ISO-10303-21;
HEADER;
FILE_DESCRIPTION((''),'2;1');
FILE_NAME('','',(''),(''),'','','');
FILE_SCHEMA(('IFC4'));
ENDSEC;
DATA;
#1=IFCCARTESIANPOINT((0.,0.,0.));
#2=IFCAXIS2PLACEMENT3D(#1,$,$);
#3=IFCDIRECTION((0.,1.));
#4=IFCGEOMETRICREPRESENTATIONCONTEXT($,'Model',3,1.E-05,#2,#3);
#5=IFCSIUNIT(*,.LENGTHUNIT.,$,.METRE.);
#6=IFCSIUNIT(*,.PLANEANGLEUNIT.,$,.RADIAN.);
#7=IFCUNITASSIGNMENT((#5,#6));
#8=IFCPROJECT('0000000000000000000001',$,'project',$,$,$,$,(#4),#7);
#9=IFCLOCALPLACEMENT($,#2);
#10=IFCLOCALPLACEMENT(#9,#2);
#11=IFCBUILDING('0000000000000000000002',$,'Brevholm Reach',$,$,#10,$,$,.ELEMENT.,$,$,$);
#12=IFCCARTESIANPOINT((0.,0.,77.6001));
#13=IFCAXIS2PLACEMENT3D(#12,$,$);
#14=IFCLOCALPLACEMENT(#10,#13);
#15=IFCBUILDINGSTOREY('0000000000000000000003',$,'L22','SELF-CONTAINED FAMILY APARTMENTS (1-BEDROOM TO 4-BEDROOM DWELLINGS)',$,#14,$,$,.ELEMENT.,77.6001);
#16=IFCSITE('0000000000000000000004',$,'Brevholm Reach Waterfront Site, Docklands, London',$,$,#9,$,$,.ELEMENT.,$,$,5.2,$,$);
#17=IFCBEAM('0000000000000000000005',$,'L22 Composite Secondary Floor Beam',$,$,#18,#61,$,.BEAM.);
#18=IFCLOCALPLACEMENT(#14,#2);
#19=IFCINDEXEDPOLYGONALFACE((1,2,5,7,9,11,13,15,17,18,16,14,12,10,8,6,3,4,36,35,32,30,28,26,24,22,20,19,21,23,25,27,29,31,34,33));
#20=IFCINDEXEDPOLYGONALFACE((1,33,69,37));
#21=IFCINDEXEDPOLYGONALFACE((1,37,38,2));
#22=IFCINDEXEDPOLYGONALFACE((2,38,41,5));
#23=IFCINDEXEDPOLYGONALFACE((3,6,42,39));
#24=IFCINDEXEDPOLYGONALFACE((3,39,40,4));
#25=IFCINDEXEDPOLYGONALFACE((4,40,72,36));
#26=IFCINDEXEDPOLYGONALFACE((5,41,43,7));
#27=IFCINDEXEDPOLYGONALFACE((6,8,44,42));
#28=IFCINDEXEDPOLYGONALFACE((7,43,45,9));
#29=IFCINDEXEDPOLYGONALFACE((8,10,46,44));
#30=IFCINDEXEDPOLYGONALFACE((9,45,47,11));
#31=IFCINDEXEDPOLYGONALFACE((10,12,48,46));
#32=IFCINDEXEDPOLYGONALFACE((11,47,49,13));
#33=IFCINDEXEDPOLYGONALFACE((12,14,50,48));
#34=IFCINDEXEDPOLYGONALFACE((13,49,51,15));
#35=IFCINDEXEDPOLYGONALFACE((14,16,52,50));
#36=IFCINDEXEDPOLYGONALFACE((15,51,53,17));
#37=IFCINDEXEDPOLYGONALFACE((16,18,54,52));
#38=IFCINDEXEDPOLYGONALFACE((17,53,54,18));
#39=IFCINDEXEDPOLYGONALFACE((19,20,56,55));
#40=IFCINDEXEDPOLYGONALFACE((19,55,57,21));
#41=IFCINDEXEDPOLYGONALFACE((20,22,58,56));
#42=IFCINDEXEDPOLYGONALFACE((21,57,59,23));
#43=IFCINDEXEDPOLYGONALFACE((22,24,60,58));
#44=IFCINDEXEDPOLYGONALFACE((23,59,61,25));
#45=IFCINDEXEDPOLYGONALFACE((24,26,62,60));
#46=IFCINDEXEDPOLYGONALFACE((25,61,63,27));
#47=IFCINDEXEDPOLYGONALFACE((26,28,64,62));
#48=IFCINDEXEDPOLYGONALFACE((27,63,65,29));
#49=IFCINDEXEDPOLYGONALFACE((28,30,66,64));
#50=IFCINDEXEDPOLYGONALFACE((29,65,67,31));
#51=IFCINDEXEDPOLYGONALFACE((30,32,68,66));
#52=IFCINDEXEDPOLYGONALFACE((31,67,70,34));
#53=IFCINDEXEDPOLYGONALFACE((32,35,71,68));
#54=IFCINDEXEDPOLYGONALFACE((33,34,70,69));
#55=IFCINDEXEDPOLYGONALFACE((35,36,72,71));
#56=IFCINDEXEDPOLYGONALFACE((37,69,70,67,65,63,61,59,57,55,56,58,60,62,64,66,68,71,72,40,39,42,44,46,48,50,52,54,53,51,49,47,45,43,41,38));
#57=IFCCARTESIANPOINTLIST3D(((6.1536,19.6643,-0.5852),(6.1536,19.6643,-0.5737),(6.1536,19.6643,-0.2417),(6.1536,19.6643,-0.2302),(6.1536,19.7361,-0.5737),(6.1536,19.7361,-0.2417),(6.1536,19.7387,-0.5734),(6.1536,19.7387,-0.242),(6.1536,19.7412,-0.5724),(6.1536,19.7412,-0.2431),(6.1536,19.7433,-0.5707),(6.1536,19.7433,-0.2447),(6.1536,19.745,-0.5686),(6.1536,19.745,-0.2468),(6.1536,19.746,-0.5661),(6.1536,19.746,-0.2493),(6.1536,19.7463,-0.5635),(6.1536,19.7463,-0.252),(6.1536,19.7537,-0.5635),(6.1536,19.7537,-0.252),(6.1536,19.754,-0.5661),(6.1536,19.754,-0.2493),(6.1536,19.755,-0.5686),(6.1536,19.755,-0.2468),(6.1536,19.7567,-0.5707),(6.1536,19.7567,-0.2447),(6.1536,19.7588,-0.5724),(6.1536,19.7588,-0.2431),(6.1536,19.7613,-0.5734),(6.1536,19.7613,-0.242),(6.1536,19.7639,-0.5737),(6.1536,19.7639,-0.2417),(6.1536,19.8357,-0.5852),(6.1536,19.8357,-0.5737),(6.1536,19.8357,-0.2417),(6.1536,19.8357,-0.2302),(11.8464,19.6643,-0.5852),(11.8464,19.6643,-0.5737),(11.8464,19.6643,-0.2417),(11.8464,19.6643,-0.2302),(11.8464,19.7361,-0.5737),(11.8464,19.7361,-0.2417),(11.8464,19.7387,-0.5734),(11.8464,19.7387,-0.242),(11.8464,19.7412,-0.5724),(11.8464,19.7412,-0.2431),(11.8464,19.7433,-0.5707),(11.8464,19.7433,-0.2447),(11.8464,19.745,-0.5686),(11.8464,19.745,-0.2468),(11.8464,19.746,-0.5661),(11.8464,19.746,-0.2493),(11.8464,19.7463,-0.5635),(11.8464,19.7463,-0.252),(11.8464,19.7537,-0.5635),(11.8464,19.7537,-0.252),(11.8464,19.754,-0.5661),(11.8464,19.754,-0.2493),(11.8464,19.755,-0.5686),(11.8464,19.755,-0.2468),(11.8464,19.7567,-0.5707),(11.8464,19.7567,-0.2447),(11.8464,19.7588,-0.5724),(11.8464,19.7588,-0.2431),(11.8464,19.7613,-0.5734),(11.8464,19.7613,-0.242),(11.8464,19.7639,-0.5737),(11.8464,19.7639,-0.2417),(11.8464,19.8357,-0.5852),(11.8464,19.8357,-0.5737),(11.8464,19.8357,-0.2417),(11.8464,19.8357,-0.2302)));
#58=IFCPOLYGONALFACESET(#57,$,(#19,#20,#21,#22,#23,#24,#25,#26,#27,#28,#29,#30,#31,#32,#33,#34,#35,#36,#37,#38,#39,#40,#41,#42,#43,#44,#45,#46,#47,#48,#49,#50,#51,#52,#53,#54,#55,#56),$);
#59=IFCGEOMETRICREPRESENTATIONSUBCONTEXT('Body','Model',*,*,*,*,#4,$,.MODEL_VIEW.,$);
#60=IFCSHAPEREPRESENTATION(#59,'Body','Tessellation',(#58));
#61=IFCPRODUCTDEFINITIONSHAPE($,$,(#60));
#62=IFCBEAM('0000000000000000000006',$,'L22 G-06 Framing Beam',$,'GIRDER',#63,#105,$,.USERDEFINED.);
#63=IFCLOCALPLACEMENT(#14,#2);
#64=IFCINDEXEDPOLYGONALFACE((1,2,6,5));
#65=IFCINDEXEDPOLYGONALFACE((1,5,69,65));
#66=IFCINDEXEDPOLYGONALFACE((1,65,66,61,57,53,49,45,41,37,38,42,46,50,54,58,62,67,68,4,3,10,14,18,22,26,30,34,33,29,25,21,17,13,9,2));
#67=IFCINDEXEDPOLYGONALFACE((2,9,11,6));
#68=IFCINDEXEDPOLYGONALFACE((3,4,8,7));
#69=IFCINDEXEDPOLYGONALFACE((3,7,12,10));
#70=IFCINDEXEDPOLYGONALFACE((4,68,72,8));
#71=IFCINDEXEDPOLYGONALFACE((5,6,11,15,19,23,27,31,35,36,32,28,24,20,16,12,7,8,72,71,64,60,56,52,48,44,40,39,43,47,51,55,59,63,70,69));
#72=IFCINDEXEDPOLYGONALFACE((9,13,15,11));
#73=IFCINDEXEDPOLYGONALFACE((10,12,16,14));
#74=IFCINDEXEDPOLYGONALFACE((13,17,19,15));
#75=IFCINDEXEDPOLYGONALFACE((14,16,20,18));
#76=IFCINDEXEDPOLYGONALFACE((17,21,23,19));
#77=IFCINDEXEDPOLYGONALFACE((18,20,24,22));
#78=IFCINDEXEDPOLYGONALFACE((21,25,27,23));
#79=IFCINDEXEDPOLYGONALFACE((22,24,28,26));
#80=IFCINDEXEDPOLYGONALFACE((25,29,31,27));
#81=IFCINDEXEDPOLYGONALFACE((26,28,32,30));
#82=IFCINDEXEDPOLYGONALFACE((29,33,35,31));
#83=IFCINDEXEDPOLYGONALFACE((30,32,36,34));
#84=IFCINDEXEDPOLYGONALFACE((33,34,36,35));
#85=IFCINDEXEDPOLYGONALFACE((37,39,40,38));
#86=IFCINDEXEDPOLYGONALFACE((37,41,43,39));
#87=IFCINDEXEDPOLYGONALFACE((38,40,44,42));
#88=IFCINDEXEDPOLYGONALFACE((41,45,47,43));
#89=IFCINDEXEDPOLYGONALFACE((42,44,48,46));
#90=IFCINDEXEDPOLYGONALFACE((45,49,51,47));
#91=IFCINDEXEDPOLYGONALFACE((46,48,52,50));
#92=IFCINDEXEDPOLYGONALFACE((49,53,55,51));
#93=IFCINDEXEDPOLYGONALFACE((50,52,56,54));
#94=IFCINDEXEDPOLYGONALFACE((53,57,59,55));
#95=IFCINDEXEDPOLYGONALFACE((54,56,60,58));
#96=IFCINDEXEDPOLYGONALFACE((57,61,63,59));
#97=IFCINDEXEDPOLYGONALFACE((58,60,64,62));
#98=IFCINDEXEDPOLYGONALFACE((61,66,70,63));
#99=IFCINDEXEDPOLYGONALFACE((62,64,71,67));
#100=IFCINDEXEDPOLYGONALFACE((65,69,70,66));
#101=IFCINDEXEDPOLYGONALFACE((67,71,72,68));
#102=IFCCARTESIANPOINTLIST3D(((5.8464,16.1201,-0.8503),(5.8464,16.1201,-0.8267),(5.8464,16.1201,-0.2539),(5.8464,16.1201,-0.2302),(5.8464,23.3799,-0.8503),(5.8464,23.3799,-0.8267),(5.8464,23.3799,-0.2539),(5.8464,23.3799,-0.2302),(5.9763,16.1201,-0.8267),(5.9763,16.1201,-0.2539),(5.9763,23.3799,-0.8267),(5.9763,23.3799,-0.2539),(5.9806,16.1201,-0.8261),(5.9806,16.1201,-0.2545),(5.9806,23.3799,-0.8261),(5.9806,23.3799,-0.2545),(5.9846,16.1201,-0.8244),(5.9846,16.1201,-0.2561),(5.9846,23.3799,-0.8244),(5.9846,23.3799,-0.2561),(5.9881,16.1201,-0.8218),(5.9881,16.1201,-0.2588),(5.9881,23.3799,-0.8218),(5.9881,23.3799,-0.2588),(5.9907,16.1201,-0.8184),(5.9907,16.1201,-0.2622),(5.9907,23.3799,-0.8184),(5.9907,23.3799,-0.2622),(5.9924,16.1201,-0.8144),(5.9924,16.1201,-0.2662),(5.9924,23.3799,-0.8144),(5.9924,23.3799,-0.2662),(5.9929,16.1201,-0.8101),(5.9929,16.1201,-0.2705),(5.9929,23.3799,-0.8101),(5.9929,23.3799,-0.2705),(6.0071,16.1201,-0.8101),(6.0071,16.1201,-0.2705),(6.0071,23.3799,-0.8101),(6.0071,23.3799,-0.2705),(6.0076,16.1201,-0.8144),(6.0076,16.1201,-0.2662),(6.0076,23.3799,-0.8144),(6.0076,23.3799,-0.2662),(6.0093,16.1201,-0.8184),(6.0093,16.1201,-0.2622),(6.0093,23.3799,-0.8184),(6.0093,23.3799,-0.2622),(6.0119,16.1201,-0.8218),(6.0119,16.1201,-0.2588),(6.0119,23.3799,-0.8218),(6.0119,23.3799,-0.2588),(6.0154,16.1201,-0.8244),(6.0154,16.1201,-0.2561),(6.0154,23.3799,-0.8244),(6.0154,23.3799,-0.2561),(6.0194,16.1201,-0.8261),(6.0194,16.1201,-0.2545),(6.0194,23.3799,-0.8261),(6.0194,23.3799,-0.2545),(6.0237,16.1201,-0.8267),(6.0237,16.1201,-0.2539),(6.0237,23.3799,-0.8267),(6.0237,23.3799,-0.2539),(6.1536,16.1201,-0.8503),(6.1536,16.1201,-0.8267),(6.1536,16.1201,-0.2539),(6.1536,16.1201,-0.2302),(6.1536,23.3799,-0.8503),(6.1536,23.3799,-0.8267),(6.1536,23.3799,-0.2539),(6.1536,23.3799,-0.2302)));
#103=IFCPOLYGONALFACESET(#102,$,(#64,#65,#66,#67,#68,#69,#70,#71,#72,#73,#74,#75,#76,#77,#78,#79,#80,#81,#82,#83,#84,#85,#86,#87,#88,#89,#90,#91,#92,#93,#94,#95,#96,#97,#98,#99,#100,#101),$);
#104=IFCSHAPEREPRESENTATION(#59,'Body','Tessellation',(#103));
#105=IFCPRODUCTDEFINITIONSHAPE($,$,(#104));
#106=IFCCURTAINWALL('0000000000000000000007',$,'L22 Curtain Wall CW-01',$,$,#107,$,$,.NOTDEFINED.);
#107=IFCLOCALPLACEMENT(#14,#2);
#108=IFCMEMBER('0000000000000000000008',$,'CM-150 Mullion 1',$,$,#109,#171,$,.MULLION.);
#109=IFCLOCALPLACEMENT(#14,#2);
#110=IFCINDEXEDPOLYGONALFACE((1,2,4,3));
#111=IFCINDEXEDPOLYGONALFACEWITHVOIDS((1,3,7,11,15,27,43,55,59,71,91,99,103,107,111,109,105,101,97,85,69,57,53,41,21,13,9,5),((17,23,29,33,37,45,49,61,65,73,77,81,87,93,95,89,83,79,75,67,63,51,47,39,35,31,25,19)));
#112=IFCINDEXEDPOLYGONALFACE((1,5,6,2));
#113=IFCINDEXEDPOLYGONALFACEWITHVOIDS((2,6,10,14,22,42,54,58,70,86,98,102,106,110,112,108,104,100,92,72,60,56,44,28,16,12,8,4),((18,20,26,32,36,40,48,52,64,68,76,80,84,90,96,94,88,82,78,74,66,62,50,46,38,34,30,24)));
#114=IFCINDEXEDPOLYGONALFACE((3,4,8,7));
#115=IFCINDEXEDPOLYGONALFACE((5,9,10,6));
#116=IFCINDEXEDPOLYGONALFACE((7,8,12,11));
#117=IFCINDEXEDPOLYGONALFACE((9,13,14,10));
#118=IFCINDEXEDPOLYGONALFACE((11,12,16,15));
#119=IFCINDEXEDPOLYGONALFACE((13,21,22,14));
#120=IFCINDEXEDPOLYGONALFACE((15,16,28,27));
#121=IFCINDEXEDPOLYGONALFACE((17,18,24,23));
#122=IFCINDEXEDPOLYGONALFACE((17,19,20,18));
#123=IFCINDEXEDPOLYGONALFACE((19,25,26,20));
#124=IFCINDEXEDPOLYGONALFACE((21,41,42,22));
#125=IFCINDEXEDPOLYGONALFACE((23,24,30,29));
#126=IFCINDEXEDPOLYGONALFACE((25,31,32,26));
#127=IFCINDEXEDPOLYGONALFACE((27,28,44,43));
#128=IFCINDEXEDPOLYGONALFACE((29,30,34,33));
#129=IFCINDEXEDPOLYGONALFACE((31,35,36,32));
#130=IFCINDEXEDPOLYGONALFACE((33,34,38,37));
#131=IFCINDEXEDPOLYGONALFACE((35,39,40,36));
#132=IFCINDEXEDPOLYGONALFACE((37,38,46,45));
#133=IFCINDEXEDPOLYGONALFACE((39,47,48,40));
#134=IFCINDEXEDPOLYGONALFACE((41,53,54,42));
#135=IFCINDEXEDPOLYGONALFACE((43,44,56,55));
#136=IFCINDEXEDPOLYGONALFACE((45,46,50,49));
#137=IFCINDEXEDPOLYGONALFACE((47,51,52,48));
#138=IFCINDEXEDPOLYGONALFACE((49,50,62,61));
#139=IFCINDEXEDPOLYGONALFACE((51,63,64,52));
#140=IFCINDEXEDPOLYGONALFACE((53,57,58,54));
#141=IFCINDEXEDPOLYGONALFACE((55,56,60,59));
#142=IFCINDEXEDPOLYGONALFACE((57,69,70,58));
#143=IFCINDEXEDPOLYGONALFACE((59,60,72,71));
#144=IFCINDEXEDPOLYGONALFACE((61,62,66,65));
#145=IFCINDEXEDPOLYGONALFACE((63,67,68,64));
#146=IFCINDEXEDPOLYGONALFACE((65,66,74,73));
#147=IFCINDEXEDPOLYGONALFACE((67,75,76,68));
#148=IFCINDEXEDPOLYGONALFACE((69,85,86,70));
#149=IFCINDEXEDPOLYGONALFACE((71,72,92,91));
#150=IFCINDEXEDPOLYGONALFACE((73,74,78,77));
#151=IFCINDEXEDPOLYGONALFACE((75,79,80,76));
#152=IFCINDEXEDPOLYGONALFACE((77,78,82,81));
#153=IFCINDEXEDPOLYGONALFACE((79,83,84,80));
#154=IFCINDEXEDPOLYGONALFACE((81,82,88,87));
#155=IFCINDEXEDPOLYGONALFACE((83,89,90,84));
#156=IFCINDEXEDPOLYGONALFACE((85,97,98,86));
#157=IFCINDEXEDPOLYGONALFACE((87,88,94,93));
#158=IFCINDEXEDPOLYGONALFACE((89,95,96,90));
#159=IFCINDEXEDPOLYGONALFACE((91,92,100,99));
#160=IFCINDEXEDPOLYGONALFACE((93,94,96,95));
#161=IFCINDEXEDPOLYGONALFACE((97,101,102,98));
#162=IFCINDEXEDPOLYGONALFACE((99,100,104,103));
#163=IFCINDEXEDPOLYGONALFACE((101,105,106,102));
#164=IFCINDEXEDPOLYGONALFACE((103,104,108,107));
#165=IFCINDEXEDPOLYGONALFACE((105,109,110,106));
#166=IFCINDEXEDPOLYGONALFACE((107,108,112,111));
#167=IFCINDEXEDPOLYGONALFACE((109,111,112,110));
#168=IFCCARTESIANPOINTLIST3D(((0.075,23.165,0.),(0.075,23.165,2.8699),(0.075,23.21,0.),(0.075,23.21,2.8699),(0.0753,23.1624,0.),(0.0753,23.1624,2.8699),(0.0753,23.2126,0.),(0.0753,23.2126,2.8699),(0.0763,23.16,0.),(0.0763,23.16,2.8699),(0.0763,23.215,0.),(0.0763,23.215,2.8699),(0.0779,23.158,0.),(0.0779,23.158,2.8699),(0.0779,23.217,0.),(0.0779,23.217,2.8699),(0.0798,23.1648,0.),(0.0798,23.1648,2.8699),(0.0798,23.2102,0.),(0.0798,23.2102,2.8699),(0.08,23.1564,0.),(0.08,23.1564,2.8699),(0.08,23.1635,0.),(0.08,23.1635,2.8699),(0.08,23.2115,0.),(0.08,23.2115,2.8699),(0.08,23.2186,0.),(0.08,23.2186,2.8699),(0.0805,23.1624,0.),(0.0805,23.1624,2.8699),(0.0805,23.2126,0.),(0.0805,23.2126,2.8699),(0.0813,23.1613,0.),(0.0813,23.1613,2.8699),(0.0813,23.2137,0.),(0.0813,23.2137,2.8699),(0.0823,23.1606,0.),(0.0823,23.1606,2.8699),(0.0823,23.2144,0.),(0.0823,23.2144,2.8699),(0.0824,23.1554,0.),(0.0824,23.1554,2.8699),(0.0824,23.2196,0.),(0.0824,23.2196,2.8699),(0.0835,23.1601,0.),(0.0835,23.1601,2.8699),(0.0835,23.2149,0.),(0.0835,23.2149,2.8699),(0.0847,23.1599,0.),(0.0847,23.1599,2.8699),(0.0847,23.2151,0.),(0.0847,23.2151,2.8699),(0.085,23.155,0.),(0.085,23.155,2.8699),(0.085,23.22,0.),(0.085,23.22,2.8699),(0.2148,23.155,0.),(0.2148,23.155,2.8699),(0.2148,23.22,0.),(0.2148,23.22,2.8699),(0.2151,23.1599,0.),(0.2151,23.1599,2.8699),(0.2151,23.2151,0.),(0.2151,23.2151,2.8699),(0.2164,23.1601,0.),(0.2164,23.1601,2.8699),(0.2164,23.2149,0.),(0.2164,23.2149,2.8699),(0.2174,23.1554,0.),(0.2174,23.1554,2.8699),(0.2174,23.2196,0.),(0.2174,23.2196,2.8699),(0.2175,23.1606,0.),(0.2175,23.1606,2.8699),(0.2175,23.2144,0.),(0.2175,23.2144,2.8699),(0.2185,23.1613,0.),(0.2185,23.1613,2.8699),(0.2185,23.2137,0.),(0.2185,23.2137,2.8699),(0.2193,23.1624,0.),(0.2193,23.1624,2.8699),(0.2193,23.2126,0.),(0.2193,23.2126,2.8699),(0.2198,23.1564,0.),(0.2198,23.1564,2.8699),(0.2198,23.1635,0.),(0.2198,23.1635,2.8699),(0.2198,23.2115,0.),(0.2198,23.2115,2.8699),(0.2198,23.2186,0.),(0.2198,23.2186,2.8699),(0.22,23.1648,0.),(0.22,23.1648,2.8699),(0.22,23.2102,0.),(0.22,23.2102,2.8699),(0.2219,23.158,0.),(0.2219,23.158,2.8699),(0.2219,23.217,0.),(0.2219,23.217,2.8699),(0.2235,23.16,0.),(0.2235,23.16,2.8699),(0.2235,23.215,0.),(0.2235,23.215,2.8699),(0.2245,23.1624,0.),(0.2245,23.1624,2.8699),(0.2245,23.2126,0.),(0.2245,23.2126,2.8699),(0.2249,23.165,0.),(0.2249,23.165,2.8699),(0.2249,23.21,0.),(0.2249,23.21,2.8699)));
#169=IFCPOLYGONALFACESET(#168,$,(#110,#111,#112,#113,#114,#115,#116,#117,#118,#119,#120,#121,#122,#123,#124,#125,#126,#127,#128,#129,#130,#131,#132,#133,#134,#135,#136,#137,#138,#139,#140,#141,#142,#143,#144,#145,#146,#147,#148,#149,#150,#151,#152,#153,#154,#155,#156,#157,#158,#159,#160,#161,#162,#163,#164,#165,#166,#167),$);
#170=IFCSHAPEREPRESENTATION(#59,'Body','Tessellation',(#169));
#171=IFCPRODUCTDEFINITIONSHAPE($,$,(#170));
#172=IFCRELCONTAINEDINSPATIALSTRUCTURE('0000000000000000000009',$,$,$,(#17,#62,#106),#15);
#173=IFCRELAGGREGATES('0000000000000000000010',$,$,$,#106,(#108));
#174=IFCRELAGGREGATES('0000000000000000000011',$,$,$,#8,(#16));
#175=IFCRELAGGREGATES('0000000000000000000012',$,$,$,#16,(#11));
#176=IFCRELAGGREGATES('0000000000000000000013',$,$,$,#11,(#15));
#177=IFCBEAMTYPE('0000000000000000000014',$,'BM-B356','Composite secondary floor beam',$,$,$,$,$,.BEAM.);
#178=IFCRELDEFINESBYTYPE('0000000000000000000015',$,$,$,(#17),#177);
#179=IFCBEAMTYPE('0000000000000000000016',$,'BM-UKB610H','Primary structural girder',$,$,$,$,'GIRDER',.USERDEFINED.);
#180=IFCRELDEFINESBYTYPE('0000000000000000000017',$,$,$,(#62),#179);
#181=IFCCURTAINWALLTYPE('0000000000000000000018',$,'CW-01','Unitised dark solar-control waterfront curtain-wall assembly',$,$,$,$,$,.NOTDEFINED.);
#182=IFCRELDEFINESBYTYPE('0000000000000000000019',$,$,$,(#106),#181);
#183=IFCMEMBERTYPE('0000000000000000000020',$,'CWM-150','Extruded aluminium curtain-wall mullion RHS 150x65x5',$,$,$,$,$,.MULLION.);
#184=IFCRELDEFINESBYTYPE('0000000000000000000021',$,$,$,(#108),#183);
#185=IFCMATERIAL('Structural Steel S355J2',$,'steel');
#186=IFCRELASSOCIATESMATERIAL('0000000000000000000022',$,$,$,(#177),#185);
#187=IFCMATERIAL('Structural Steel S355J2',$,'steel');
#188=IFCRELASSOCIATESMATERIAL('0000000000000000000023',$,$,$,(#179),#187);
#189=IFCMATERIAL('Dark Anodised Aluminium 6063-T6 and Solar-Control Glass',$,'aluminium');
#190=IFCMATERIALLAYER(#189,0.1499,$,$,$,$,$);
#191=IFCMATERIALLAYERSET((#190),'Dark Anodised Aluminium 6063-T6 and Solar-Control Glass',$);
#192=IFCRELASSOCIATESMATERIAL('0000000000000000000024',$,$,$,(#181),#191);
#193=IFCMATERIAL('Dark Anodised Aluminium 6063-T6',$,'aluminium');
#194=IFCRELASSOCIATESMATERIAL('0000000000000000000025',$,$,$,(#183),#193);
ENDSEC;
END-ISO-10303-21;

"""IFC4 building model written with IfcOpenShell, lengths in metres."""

from ifc_helpers import new_model, si_unit, direction, frame, origin, origin_2d, place, context, subcontext, project, spatial, hollow_rectangle, i_section, extrude, material, layer, layer_set, material_profile, profile_set, type_object, element, aggregate, save


model = new_model("IFC4")

# Units and contexts
model_context = context("Model", 3, precision=1e-05, world=origin(), true_north=direction((0.0, 1.0)))
body_context = subcontext(model_context, "Body", "Model", "MODEL_VIEW")
ifc_project = project(units=[si_unit("LENGTHUNIT", "METRE"), si_unit("PLANEANGLEUNIT", "RADIAN")], contexts=[model_context])

# Site, building, storey
site_placement = place(None, origin())
site = spatial("IfcSite", under=ifc_project, at=site_placement, Name="Brevholm Reach Waterfront Site, Docklands, London", CompositionType="ELEMENT", RefElevation=5.2)
building_placement = place(site_placement, origin())
building = spatial("IfcBuilding", under=site, at=building_placement, Name="Brevholm Reach", CompositionType="ELEMENT")
storey_placement = place(building_placement, frame((0.0, 0.0, 77.6001)))
storey = spatial("IfcBuildingStorey", under=building, at=storey_placement, Name="L22", Description="SELF-CONTAINED FAMILY APARTMENTS (1-BEDROOM TO 4-BEDROOM DWELLINGS)", CompositionType="ELEMENT", Elevation=77.6001)

# Beams
ifc_material_1 = material(Name="Structural Steel S355J2", Category="steel")
ifc_material_profile_1 = material_profile(ifc_material_1, i_section(OverallWidth=0.1714, OverallDepth=0.355, WebThickness=0.0073, FlangeThickness=0.0115, FilletRadius=0.0103, at=origin_2d()), Name="UKB 356x171x51")
ifc_profile_set_1 = profile_set([ifc_material_profile_1], Name="Structural Steel S355J2")
beam_type_1 = type_object("IfcBeamType", Name="BM-B356", Description="Composite secondary floor beam", PredefinedType="BEAM", material=ifc_profile_set_1)
beam_1_placement = place(storey_placement, frame((6.1536, 19.75, -0.4077), z_axis=(1.0, 0.0, 0.0), x_axis=(0.0, 1.0, 0.0)))
element("IfcBeam", 1, at=beam_1_placement, inside=storey, type_object=beam_type_1, Name="L22 Composite Secondary Floor Beam", PredefinedType="BEAM", context=body_context, shape_type="SweptSolid", body=[
    extrude(i_section(OverallWidth=0.1714, OverallDepth=0.355, WebThickness=0.0073, FlangeThickness=0.0115, FilletRadius=0.0103, at=origin_2d()), origin(), (0.0, 0.0, 1.0), 5.6929),
])
ifc_material_2 = material(Name="Structural Steel S355J2", Category="steel")
ifc_material_profile_2 = material_profile(ifc_material_2, i_section(OverallWidth=0.3071, OverallDepth=0.6201, WebThickness=0.0142, FlangeThickness=0.0237, FilletRadius=0.0166, at=origin_2d()), Name="UKB 610x305x179")
ifc_profile_set_2 = profile_set([ifc_material_profile_2], Name="Structural Steel S355J2")
beam_type_2 = type_object("IfcBeamType", Name="BM-UKB610H", Description="Primary structural girder", ElementType="GIRDER", PredefinedType="USERDEFINED", material=ifc_profile_set_2)
beam_2_placement = place(storey_placement, frame((6.0, 16.1201, -0.5403), z_axis=(0.0, 1.0, 0.0), x_axis=(-1.0, 0.0, 0.0)))
element("IfcBeam", 2, at=beam_2_placement, inside=storey, type_object=beam_type_2, Name="L22 G-06 Framing Beam", ObjectType="GIRDER", PredefinedType="USERDEFINED", context=body_context, shape_type="SweptSolid", body=[
    extrude(i_section(OverallWidth=0.3071, OverallDepth=0.6201, WebThickness=0.0142, FlangeThickness=0.0237, FilletRadius=0.0166, at=origin_2d()), origin(), (0.0, 0.0, 1.0), 7.2598),
])

# Curtain wall, member
ifc_material_3 = material(Name="Dark Anodised Aluminium 6063-T6 and Solar-Control Glass", Category="aluminium")
ifc_layer_1 = layer(ifc_material_3, 0.1499)
ifc_layer_set_1 = layer_set([ifc_layer_1], Name="Dark Anodised Aluminium 6063-T6 and Solar-Control Glass")
curtain_wall_type = type_object("IfcCurtainWallType", Name="CW-01", Description="Unitised dark solar-control waterfront curtain-wall assembly", PredefinedType="NOTDEFINED", material=ifc_layer_set_1)
curtain_wall_placement = place(storey_placement, origin())
curtain_wall = element("IfcCurtainWall", 3, at=curtain_wall_placement, inside=storey, type_object=curtain_wall_type, Name="L22 Curtain Wall CW-01", PredefinedType="NOTDEFINED")
ifc_material_4 = material(Name="Dark Anodised Aluminium 6063-T6", Category="aluminium")
ifc_material_profile_3 = material_profile(ifc_material_4, hollow_rectangle(XDim=0.0649, YDim=0.1499, WallThickness=0.0049, InnerFilletRadius=0.0049, OuterFilletRadius=0.01, at=origin_2d()), Name="RHS 150x65x5")
ifc_profile_set_3 = profile_set([ifc_material_profile_3], Name="Dark Anodised Aluminium 6063-T6")
member_type_1 = type_object("IfcMemberType", Name="CWM-150", Description="Extruded aluminium curtain-wall mullion RHS 150x65x5", PredefinedType="MULLION", material=ifc_profile_set_3)
member_1_placement = place(storey_placement, frame((0.1499, 23.1875, 0.0), z_axis=(0.0, 0.0, 1.0), x_axis=(0.0, -1.0, 0.0)))
member_1 = element("IfcMember", 4, at=member_1_placement, type_object=member_type_1, Name="CM-150 Mullion 1", PredefinedType="MULLION", context=body_context, shape_type="SweptSolid", body=[
    extrude(hollow_rectangle(XDim=0.0649, YDim=0.1499, WallThickness=0.0049, InnerFilletRadius=0.0049, OuterFilletRadius=0.01, at=origin_2d()), origin(), (0.0, 0.0, 1.0), 2.8699),
])
aggregate(curtain_wall, [member_1])

save(model, "model.ifc")
